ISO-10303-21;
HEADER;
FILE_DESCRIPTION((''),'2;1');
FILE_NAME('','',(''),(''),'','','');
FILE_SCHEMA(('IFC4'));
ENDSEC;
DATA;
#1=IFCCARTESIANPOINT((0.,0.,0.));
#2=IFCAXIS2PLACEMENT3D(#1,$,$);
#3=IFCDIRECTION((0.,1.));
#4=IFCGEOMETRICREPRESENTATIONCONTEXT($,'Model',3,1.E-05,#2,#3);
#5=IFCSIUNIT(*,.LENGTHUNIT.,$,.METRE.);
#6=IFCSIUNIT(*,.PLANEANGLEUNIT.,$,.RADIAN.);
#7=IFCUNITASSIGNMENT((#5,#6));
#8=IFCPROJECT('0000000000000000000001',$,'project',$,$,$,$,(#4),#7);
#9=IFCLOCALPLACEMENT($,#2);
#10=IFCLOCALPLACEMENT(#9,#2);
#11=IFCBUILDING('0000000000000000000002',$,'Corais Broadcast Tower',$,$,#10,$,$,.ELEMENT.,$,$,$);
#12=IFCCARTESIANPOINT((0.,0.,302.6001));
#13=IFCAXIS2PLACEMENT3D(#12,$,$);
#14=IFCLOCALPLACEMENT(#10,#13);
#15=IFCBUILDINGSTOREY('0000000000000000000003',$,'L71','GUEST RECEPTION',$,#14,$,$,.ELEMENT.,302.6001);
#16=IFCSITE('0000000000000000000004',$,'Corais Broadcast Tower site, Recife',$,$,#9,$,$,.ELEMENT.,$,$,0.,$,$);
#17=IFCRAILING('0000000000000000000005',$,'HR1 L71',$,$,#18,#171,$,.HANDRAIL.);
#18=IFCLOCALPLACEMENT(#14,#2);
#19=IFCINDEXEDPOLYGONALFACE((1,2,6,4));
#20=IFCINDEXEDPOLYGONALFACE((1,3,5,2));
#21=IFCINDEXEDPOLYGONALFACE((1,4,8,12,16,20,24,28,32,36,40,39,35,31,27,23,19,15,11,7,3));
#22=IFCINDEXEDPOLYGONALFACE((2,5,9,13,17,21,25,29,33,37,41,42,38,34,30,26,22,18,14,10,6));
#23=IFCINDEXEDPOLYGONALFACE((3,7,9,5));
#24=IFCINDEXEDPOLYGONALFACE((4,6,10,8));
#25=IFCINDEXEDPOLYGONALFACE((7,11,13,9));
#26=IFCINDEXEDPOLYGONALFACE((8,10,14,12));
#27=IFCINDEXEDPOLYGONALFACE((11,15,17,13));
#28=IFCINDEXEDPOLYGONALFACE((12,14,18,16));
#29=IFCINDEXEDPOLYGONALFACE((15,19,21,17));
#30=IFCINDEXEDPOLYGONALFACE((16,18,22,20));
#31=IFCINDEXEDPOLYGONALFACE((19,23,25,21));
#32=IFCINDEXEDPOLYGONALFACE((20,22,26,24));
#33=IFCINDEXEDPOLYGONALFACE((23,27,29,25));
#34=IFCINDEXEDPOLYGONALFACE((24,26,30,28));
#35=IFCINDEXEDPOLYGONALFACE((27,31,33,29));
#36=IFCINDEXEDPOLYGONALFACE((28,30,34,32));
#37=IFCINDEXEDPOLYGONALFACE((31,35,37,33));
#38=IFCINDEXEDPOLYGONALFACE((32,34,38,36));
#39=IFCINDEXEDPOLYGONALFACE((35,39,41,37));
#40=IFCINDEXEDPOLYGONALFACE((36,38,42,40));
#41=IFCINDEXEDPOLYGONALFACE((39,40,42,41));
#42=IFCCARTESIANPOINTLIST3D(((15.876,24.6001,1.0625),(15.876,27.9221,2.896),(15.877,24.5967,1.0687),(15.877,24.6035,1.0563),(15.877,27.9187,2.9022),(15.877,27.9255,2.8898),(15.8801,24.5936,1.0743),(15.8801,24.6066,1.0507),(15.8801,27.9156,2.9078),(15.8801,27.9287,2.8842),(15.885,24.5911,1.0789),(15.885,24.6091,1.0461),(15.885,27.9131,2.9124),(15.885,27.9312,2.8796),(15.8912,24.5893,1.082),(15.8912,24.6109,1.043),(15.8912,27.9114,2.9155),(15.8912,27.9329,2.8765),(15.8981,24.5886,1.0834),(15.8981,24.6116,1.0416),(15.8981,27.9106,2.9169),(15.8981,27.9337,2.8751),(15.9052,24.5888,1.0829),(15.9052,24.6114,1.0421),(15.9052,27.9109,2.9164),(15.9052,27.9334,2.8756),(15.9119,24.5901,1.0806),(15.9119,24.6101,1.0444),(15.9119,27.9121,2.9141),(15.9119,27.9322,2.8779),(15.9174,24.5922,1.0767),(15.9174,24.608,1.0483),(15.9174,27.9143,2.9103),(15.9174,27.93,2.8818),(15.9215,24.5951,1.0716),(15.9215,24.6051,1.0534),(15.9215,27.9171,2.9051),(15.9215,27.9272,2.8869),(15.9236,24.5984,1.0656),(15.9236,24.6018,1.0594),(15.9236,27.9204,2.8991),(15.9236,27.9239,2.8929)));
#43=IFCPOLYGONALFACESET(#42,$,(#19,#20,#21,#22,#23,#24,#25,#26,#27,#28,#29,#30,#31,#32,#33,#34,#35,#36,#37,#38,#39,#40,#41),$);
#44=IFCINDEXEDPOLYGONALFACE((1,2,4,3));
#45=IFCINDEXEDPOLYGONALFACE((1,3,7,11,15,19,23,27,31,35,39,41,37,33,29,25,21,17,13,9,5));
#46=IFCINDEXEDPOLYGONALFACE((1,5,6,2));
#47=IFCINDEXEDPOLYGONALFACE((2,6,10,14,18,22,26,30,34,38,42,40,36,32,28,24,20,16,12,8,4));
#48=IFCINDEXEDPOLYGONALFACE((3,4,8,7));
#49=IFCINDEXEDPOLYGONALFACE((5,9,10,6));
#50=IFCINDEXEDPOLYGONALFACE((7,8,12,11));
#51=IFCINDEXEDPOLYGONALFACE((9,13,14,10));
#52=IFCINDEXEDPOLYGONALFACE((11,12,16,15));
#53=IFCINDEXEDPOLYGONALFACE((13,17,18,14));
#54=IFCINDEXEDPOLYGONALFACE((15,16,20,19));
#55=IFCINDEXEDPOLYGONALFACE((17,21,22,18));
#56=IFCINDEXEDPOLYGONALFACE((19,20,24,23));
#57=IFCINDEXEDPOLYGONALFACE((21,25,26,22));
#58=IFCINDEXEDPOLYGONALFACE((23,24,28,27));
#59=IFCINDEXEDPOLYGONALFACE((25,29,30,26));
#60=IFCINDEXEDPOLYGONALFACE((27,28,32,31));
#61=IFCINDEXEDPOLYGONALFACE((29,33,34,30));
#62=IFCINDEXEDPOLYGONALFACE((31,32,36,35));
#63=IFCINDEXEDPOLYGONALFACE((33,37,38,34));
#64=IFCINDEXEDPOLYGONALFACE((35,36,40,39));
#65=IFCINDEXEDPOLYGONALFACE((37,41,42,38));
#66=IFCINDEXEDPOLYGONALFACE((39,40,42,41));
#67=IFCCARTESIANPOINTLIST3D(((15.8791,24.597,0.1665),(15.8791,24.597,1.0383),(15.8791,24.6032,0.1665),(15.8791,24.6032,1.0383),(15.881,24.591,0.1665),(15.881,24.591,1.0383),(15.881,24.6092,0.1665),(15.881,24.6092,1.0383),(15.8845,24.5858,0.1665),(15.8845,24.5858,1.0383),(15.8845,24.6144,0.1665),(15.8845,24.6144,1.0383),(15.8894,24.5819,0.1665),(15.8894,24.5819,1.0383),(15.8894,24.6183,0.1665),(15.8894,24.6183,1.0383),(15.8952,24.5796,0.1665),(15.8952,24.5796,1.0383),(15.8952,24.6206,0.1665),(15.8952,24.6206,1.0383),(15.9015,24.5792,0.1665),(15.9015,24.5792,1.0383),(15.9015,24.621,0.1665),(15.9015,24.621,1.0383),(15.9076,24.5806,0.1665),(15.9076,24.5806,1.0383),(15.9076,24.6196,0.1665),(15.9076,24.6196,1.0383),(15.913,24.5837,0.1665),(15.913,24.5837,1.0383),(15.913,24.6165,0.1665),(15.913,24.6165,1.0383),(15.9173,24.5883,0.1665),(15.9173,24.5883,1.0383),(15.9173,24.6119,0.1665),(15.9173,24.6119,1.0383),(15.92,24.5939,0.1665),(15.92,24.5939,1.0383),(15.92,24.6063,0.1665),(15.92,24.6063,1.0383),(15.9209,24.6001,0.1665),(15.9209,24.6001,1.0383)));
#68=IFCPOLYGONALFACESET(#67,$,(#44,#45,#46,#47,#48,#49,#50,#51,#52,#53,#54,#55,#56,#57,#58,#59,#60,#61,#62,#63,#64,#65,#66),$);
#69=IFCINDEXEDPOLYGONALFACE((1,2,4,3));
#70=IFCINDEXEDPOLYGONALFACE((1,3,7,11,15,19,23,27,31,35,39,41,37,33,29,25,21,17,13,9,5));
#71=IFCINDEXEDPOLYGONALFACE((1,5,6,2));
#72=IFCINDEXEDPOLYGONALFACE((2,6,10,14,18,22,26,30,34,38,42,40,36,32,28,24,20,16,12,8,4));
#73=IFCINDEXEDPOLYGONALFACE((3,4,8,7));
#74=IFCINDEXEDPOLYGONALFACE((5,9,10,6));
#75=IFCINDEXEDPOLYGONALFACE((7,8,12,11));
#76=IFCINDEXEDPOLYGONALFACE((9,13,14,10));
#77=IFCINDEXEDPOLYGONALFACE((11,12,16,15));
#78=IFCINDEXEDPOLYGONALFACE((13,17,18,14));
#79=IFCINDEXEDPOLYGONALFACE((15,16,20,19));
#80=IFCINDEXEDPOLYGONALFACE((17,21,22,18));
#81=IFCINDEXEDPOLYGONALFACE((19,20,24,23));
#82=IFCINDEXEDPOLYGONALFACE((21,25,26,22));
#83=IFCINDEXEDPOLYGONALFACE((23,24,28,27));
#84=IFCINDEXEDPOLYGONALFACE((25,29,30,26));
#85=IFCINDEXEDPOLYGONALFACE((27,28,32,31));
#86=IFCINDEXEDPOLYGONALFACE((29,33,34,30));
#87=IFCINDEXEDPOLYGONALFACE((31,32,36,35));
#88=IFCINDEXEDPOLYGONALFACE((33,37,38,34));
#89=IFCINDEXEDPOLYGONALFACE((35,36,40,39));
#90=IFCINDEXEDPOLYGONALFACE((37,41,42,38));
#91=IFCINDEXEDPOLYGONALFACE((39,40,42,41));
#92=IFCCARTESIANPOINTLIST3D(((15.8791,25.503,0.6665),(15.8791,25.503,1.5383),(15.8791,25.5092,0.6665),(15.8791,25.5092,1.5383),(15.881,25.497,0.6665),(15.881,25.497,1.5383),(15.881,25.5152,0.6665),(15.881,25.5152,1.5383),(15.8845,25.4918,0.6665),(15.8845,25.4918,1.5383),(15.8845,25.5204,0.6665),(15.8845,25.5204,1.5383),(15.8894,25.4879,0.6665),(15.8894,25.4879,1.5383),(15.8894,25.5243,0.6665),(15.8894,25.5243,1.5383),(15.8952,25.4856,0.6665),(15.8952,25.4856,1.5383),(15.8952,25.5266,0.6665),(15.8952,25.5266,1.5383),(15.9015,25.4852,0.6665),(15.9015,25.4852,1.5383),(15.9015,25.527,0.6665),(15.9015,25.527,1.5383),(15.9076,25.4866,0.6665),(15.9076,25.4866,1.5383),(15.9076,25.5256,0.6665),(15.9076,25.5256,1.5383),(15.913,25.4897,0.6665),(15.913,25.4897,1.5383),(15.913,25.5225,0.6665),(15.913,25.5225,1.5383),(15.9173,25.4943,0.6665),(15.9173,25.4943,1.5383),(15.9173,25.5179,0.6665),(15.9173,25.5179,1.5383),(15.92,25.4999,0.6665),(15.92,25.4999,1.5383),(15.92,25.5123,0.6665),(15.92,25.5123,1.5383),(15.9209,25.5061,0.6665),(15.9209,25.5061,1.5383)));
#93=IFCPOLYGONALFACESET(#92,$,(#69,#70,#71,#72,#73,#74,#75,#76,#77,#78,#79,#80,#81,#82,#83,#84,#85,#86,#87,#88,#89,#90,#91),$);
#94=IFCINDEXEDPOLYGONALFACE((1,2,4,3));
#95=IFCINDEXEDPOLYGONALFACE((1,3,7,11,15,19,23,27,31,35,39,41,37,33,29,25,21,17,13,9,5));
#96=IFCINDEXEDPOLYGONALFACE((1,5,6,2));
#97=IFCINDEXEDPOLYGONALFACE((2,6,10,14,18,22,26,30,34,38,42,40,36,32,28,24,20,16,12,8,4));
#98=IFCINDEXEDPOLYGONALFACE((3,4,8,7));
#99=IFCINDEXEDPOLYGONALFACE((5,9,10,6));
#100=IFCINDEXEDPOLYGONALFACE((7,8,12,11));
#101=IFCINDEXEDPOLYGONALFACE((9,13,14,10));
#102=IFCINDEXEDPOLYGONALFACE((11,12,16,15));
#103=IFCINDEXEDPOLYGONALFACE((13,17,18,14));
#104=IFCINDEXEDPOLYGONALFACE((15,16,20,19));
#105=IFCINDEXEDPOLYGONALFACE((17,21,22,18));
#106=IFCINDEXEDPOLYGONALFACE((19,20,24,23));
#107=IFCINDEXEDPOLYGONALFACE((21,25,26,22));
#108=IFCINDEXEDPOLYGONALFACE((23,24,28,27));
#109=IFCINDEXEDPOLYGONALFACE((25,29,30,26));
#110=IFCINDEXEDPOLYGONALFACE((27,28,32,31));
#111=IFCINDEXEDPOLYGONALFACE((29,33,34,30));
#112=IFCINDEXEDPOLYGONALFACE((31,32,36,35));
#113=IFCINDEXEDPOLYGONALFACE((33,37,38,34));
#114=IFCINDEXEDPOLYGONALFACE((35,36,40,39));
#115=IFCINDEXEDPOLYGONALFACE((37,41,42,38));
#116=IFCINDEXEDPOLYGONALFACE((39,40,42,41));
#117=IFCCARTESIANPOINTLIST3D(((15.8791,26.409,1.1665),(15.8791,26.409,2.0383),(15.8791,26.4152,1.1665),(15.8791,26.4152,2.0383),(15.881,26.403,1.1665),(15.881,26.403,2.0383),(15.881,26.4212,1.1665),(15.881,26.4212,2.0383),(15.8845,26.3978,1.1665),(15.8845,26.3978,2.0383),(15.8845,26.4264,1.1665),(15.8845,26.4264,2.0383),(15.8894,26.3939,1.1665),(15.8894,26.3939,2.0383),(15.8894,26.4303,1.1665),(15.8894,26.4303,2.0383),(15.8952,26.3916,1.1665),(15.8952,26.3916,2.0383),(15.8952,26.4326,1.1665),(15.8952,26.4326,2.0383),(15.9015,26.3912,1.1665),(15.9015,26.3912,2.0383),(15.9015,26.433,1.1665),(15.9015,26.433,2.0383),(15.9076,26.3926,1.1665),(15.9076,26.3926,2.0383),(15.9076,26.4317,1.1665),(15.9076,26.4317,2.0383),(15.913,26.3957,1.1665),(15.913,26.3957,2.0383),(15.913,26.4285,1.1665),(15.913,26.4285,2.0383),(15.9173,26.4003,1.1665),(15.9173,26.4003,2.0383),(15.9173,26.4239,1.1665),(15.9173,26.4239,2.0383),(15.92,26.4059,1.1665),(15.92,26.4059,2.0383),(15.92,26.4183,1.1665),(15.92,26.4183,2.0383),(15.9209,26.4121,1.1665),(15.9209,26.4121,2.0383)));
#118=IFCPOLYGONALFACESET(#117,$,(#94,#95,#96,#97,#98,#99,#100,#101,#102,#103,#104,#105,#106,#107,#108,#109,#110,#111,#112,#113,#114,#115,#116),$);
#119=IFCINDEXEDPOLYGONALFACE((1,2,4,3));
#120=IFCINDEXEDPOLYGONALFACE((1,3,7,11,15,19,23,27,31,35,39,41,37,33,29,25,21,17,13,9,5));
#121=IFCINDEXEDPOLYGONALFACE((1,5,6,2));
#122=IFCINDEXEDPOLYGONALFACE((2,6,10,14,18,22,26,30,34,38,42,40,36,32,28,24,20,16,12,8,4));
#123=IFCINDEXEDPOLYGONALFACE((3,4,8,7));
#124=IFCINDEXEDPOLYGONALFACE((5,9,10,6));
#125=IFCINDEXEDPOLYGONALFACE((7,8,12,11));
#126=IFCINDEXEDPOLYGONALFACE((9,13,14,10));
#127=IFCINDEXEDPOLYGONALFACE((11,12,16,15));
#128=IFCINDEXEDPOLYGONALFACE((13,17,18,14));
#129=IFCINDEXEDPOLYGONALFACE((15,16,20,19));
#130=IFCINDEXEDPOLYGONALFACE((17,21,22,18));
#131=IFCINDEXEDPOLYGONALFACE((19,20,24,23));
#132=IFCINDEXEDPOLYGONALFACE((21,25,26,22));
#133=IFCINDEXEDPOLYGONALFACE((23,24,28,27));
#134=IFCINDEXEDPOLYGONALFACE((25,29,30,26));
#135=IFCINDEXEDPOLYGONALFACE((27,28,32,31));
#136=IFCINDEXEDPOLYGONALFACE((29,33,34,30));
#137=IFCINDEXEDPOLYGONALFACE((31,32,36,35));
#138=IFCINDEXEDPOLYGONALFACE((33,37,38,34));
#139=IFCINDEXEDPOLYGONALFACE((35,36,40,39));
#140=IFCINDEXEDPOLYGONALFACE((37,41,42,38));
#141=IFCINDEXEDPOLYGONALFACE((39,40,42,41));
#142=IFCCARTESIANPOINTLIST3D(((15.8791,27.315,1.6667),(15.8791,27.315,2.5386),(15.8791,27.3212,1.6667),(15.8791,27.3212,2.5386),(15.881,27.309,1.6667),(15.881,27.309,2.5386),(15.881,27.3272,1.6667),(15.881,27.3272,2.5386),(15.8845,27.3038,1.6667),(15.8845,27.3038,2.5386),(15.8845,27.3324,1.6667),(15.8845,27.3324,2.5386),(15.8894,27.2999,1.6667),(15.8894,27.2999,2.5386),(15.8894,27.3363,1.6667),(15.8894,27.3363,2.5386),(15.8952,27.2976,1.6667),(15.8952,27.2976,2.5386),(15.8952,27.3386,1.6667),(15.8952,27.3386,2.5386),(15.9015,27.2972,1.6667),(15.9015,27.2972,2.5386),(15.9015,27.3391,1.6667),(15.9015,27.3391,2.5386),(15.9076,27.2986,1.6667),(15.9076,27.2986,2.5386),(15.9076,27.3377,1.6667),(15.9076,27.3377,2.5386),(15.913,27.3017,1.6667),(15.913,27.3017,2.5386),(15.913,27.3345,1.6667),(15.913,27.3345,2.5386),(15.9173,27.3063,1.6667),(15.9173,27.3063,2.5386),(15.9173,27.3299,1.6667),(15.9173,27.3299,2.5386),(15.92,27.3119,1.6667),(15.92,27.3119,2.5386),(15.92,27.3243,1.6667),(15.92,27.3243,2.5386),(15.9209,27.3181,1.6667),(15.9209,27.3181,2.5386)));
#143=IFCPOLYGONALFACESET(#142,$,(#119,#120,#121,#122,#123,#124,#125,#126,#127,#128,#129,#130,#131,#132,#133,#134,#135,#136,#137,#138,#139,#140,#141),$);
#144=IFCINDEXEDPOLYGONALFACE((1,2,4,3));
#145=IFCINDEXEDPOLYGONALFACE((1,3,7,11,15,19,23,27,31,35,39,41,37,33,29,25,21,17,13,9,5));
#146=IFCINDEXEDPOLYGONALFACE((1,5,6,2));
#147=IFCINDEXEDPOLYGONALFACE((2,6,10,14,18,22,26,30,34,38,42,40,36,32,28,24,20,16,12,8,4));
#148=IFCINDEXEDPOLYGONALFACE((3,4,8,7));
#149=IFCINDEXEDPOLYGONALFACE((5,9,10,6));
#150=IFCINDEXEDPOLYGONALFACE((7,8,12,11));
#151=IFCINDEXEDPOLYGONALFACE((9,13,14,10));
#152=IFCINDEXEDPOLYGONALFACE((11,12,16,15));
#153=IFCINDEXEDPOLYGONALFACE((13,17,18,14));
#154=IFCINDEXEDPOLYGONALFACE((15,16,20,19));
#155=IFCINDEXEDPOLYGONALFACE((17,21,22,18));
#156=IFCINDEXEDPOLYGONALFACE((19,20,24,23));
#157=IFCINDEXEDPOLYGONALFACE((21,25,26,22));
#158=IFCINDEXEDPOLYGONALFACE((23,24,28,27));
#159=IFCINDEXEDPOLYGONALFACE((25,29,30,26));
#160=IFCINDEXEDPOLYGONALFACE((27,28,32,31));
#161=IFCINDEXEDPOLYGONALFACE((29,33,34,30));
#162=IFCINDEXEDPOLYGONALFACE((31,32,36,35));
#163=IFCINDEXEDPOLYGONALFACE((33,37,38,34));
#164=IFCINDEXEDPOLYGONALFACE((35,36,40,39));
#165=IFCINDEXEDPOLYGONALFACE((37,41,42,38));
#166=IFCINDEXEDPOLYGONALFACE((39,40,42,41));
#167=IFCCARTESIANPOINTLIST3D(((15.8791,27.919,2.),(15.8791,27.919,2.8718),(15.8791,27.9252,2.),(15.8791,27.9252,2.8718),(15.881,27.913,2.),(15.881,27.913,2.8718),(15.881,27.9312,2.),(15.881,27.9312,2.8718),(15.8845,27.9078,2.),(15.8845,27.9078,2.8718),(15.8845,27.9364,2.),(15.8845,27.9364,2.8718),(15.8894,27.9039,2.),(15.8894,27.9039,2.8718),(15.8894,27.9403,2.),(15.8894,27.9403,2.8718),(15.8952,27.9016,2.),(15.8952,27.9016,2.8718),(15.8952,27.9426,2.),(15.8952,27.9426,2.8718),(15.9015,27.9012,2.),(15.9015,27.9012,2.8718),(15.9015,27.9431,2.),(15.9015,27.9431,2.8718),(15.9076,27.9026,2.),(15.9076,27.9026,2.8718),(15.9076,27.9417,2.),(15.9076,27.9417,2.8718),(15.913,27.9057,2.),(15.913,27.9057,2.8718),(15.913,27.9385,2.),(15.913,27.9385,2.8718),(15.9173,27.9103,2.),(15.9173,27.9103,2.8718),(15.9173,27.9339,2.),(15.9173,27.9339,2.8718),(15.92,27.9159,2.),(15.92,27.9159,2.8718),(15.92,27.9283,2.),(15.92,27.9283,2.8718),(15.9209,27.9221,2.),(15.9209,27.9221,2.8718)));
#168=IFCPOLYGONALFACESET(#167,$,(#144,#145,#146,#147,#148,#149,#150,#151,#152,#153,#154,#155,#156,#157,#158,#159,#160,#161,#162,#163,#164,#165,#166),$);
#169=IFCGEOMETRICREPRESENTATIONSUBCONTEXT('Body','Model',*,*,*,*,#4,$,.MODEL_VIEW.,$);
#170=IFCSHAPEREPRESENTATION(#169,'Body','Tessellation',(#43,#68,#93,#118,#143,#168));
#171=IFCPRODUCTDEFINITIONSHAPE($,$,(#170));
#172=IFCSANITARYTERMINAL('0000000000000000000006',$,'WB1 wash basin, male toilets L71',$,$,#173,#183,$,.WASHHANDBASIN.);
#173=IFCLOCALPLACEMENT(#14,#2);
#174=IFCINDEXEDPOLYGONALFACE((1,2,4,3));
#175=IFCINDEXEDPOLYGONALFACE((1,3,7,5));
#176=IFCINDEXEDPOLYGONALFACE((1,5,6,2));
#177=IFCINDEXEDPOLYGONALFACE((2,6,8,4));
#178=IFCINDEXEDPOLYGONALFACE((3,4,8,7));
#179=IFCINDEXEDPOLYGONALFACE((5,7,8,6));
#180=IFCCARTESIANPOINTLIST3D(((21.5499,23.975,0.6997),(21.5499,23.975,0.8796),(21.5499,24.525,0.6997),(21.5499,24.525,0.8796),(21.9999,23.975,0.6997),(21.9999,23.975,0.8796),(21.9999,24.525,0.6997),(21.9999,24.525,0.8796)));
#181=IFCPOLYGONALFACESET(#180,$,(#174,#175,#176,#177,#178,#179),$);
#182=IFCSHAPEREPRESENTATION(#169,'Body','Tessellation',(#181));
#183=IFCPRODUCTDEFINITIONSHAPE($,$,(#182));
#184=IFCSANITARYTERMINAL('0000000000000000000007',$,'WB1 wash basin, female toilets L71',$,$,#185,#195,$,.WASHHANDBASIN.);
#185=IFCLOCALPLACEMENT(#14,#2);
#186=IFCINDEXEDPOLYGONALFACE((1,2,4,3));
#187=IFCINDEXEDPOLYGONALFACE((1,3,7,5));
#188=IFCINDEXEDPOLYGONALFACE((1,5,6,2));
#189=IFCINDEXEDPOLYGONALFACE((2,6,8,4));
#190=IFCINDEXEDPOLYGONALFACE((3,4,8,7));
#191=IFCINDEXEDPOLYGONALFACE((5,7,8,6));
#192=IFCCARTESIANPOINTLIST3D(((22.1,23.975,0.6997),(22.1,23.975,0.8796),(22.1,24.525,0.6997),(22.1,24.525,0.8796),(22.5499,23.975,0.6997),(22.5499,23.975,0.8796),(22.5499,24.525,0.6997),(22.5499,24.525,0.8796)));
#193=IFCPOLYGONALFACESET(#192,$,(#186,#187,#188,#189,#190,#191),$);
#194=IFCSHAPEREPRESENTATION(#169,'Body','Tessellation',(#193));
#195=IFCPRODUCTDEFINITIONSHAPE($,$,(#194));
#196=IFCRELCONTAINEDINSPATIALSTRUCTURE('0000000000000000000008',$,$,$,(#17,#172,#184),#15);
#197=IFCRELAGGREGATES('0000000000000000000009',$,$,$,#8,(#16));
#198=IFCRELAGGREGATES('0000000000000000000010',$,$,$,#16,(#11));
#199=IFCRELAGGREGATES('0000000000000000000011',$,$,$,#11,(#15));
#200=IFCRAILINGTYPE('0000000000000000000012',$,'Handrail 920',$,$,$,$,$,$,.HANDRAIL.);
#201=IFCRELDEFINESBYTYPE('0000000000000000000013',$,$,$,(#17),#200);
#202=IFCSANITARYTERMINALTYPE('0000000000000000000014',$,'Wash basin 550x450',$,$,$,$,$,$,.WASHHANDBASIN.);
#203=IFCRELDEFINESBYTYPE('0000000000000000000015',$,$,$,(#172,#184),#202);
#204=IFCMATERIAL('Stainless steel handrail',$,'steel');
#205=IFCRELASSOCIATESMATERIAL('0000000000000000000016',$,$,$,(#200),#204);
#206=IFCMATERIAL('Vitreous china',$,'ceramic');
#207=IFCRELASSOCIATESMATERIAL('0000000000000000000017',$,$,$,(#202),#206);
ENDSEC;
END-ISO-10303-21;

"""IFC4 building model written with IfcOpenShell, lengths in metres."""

from ifc_helpers import new_model, si_unit, direction, frame, origin, origin_2d, place, context, subcontext, project, spatial, rectangle, circle, extrude, material, type_object, element, save


model = new_model("IFC4")

# Units and contexts
model_context = context("Model", 3, precision=1e-05, world=origin(), true_north=direction((0.0, 1.0)))
body_context = subcontext(model_context, "Body", "Model", "MODEL_VIEW")
ifc_project = project(units=[si_unit("LENGTHUNIT", "METRE"), si_unit("PLANEANGLEUNIT", "RADIAN")], contexts=[model_context])

# Site, building, storey
site_placement = place(None, origin())
site = spatial("IfcSite", under=ifc_project, at=site_placement, Name="Corais Broadcast Tower site, Recife", CompositionType="ELEMENT", RefElevation=0.0)
building_placement = place(site_placement, origin())
building = spatial("IfcBuilding", under=site, at=building_placement, Name="Corais Broadcast Tower", CompositionType="ELEMENT")
storey_placement = place(building_placement, frame((0.0, 0.0, 302.6001)))
storey = spatial("IfcBuildingStorey", under=building, at=storey_placement, Name="L71", Description="GUEST RECEPTION", CompositionType="ELEMENT", Elevation=302.6001)

# Railing
ifc_material_1 = material(Name="Stainless steel handrail", Category="steel")
railing_type = type_object("IfcRailingType", Name="Handrail 920", PredefinedType="HANDRAIL", material=ifc_material_1)
for number, where, name in (
    (1, (15.8999, 24.6001, 0.1665), "HR1 L71"),
):
    element("IfcRailing", number, at=place(storey_placement, frame(where)), inside=storey, type_object=railing_type, Name=name, PredefinedType="HANDRAIL", context=body_context, shape_type="SweptSolid", body=[
        extrude(circle(Radius=0.0239, at=origin_2d()), frame((0.0, 0.0, 0.896), z_axis=(0.0, 0.875504, 0.48321), x_axis=(-1.0, 0.0, 0.0)), (0.0, 0.0, 1.0), 3.7944),
        extrude(circle(Radius=0.021, at=origin_2d()), origin(), (0.0, 0.0, 1.0), 0.8718),
        extrude(circle(Radius=0.021, at=origin_2d()), frame((0.0, 0.906, 0.5)), (0.0, 0.0, 1.0), 0.8718),
        extrude(circle(Radius=0.021, at=origin_2d()), frame((0.0, 1.812, 1.0)), (0.0, 0.0, 1.0), 0.8718),
        extrude(circle(Radius=0.021, at=origin_2d()), frame((0.0, 2.718, 1.5002)), (0.0, 0.0, 1.0), 0.8718),
        extrude(circle(Radius=0.021, at=origin_2d()), frame((0.0, 3.322, 1.8335)), (0.0, 0.0, 1.0), 0.8718),
    ])

# Sanitary terminals
ifc_material_2 = material(Name="Vitreous china", Category="ceramic")
sanitary_terminal_type = type_object("IfcSanitaryTerminalType", Name="Wash basin 550x450", PredefinedType="WASHHANDBASIN", material=ifc_material_2)
for number, where, z_axis, x_axis, name in (
    (2, (21.7749, 24.25, 0.6997), (0.0, 0.0, 1.0), (1.0, 0.0, 0.0), "WB1 wash basin, male toilets L71"),
    (3, (22.325, 24.25, 0.6997), (0.0, 0.0, 1.0), (1.0, 0.0, 0.0), "WB1 wash basin, female toilets L71"),
):
    element("IfcSanitaryTerminal", number, at=place(storey_placement, frame(where, z_axis=z_axis, x_axis=x_axis)), inside=storey, type_object=sanitary_terminal_type, Name=name, PredefinedType="WASHHANDBASIN", context=body_context, shape_type="SweptSolid", body=[
        extrude(rectangle(XDim=0.45, YDim=0.55, at=origin_2d()), origin(), (0.0, 0.0, 1.0), 0.1799),
    ])

save(model, "model.ifc")
